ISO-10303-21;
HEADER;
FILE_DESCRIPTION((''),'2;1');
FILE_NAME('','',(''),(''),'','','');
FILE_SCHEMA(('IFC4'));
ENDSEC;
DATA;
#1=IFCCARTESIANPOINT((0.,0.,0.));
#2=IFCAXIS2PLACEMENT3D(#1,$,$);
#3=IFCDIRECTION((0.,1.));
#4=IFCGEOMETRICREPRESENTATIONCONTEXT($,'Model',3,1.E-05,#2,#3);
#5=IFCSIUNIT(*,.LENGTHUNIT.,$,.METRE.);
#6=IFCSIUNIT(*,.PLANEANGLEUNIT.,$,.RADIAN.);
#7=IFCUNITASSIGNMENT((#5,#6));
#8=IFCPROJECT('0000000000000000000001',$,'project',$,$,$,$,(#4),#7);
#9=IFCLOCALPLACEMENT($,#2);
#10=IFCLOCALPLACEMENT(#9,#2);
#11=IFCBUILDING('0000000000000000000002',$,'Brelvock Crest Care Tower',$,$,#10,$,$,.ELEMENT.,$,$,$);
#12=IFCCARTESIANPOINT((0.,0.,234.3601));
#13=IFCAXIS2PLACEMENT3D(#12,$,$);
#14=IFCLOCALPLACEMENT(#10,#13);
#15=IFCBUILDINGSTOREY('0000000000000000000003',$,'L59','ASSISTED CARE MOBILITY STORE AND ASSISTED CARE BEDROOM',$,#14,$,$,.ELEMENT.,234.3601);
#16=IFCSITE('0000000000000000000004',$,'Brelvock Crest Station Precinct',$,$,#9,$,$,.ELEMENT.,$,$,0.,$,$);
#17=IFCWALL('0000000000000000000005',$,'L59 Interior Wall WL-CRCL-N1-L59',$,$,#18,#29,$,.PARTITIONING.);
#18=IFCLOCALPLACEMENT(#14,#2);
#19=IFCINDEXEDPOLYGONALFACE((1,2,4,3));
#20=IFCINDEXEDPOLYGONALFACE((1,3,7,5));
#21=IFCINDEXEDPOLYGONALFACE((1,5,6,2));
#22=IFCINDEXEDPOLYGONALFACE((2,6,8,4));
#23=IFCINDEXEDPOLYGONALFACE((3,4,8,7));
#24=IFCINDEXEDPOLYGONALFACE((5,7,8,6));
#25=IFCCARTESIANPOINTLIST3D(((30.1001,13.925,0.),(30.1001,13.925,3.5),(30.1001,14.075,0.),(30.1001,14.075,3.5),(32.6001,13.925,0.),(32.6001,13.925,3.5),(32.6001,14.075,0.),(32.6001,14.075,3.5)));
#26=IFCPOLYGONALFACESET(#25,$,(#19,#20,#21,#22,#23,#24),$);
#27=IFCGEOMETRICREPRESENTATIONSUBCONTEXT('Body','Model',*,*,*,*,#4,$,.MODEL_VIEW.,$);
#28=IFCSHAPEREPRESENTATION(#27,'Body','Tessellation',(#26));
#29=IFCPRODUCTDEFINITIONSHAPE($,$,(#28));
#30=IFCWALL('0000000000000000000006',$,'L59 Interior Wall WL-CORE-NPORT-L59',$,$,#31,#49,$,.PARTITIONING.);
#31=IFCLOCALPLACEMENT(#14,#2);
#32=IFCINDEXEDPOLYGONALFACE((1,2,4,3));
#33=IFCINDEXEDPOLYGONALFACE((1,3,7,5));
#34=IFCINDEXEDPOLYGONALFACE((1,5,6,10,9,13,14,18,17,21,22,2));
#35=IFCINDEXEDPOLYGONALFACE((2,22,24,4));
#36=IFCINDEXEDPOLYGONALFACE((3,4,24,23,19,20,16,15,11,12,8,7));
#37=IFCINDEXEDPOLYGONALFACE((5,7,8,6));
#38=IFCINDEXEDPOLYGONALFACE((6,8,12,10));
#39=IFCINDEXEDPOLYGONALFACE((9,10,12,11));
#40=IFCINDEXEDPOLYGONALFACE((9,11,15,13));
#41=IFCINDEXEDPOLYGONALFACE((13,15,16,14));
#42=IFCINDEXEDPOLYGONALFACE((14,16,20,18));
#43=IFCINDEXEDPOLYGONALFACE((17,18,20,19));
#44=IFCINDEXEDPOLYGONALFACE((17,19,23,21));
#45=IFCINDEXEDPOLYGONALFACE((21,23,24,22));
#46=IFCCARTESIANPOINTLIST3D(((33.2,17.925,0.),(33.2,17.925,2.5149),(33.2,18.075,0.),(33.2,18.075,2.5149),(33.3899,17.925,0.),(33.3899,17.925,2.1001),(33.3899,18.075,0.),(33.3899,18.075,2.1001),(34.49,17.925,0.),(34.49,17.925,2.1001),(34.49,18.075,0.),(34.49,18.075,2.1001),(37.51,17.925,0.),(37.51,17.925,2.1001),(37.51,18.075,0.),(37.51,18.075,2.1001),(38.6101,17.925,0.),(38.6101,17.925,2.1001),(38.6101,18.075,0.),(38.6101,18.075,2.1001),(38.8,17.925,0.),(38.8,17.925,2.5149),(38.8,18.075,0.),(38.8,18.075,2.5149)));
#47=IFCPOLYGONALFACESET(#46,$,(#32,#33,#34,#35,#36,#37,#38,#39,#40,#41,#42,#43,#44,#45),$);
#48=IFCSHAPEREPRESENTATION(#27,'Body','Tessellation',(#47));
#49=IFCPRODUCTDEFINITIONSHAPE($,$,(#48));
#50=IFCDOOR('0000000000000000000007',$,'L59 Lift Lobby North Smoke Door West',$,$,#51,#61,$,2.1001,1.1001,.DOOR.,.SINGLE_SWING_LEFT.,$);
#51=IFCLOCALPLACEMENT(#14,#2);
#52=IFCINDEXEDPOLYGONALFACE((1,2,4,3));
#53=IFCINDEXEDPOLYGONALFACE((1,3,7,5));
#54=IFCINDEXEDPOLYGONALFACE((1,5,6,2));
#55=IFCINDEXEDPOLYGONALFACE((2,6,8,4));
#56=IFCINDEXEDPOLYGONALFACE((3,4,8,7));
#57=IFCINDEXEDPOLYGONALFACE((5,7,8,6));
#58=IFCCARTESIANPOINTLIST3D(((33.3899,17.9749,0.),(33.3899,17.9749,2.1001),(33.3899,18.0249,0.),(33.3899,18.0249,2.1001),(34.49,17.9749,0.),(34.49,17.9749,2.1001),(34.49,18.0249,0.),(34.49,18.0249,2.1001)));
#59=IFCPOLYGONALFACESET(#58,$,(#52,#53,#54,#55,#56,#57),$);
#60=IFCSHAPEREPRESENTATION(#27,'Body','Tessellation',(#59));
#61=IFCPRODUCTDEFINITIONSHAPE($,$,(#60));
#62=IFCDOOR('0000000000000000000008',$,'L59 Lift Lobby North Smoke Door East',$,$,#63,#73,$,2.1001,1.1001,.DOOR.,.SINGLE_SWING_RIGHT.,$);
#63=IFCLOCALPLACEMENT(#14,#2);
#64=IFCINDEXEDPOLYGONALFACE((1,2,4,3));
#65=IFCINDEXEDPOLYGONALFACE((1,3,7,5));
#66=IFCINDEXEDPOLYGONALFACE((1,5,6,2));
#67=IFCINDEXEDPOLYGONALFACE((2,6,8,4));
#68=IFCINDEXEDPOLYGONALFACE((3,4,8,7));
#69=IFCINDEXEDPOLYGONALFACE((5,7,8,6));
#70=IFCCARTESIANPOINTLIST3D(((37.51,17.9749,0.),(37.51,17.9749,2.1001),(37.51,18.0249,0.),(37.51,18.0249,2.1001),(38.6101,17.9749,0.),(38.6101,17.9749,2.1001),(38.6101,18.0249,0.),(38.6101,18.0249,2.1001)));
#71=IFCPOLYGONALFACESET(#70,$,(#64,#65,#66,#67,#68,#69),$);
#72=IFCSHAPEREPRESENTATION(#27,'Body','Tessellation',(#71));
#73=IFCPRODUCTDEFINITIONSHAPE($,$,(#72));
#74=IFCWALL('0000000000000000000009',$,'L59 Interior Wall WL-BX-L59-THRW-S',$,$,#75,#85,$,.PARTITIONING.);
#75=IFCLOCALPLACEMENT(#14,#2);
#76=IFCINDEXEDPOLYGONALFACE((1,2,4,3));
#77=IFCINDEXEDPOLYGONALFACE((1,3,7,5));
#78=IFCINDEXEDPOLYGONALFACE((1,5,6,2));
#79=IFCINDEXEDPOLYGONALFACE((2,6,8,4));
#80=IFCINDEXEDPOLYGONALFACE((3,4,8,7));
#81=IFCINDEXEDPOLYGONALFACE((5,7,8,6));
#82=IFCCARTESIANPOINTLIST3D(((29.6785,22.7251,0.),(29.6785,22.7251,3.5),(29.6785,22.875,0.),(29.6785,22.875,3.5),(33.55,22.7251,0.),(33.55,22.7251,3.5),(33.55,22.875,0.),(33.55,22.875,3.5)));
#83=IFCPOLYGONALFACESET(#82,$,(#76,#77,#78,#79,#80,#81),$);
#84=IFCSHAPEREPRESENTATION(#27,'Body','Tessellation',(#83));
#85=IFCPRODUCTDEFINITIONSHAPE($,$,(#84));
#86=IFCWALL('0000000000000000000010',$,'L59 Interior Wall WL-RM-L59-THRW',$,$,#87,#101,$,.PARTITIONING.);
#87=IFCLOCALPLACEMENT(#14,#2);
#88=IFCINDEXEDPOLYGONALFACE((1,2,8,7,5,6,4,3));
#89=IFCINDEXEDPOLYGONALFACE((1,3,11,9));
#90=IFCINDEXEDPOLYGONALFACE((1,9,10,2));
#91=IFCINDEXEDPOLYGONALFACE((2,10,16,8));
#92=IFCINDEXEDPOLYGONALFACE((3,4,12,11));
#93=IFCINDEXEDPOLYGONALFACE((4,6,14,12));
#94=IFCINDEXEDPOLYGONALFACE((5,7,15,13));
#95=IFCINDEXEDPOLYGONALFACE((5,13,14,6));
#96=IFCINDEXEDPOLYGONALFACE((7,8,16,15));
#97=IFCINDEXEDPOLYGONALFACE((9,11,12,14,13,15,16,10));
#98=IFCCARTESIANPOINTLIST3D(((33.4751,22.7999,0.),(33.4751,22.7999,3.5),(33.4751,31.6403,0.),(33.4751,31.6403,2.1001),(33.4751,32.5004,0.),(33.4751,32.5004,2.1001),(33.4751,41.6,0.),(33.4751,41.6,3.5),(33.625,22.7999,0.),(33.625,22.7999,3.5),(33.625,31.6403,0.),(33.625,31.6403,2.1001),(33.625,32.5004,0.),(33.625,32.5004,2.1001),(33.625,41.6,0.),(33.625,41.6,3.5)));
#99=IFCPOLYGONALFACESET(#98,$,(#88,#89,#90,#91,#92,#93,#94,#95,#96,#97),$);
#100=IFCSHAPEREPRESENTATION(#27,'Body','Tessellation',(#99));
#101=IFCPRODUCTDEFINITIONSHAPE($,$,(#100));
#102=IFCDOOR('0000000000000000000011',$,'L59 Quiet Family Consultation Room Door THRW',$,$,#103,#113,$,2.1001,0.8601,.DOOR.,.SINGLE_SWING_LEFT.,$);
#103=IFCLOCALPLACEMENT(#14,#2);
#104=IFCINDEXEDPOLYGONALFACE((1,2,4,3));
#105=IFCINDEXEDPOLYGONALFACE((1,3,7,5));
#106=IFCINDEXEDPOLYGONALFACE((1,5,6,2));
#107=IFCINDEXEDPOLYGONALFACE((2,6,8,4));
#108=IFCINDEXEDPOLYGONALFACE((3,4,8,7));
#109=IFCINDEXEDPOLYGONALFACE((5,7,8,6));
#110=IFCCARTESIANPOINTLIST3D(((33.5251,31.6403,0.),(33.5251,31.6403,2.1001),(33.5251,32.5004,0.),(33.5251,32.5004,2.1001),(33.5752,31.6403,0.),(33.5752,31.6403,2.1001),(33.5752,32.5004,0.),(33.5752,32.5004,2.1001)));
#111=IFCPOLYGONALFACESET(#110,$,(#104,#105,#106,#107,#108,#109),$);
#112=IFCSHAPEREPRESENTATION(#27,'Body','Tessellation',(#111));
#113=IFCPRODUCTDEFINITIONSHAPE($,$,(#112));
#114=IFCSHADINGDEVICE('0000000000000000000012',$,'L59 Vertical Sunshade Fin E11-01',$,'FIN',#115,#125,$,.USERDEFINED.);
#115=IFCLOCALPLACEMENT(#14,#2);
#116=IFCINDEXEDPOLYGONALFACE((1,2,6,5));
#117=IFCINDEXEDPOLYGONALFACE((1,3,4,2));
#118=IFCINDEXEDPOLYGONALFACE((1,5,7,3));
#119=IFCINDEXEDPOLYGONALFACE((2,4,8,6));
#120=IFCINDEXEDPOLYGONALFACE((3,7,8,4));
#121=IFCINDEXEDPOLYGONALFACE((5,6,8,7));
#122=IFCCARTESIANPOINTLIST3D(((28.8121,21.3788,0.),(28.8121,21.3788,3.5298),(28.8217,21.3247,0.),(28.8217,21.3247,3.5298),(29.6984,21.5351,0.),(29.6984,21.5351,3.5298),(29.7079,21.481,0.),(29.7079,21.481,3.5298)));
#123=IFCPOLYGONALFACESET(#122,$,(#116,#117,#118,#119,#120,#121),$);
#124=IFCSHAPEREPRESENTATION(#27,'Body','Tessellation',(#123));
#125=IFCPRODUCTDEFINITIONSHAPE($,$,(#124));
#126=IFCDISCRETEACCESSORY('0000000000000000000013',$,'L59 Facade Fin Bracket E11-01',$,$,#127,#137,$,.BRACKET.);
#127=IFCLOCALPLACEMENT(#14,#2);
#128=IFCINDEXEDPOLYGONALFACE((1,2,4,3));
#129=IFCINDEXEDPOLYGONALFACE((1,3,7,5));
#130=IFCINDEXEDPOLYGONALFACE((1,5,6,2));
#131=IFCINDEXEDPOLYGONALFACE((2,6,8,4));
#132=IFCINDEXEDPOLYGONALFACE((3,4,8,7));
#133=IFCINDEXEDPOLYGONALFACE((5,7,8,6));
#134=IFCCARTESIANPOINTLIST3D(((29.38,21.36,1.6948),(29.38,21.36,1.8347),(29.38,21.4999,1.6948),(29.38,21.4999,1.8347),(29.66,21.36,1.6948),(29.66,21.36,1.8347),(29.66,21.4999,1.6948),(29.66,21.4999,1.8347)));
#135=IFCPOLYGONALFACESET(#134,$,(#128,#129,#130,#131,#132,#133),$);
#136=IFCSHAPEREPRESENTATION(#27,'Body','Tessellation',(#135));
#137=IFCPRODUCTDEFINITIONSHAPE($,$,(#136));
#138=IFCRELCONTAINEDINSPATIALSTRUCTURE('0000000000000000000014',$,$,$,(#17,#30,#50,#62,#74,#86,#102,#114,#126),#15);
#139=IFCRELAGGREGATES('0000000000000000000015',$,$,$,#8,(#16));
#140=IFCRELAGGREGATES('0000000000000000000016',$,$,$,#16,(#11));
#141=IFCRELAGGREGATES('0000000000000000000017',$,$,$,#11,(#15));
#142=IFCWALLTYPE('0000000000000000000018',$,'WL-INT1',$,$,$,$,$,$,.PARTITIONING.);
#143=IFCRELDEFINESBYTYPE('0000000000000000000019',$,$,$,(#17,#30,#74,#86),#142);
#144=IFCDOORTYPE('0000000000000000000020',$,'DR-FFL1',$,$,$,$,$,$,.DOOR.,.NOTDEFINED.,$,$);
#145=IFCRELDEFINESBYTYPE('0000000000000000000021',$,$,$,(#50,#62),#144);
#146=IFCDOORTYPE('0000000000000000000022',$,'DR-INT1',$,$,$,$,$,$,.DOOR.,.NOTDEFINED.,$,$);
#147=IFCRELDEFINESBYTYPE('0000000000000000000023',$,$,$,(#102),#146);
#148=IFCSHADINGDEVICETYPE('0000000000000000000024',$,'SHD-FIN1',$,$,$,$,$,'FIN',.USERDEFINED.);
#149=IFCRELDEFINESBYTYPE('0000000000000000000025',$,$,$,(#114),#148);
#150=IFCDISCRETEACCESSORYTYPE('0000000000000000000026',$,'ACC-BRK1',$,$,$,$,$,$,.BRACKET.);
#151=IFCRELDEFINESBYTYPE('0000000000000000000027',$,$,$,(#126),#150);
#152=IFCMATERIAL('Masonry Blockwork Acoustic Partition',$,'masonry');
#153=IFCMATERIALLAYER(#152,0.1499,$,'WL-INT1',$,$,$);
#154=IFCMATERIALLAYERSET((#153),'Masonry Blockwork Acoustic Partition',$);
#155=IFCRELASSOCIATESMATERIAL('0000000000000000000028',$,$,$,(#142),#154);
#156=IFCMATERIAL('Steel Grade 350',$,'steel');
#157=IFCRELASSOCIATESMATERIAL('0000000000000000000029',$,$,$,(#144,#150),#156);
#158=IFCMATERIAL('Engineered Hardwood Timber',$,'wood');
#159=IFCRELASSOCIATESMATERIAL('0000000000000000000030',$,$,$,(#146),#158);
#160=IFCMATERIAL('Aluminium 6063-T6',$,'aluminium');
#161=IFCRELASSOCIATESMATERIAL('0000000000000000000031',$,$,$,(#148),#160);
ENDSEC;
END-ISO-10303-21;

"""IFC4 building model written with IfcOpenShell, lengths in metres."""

from ifc_helpers import new_model, si_unit, direction, frame, frame_2d, origin, origin_2d, place, context, subcontext, project, spatial, rectangle, extrude, source, transform, mapped, material, layer, layer_set, material_profile, profile_set, type_object, element, fill, save


model = new_model("IFC4")

# Units and contexts
model_context = context("Model", 3, precision=1e-05, world=origin(), true_north=direction((0.0, 1.0)))
body_context = subcontext(model_context, "Body", "Model", "MODEL_VIEW")
ifc_project = project(units=[si_unit("LENGTHUNIT", "METRE"), si_unit("PLANEANGLEUNIT", "RADIAN")], contexts=[model_context])

# Site, building, storey
site_placement = place(None, origin())
site = spatial("IfcSite", under=ifc_project, at=site_placement, Name="Brelvock Crest Station Precinct", CompositionType="ELEMENT", RefElevation=0.0)
building_placement = place(site_placement, origin())
building = spatial("IfcBuilding", under=site, at=building_placement, Name="Brelvock Crest Care Tower", CompositionType="ELEMENT")
storey_placement = place(building_placement, frame((0.0, 0.0, 234.3601)))
storey = spatial("IfcBuildingStorey", under=building, at=storey_placement, Name="L59", Description="ASSISTED CARE MOBILITY STORE AND ASSISTED CARE BEDROOM", CompositionType="ELEMENT", Elevation=234.3601)

# Shared definitions
ifc_material_1 = material(Name="Steel Grade 350", Category="steel")

# Shared definitions
ifc_material_2 = material(Name="Aluminium 6063-T6", Category="aluminium")

# Wall
ifc_material_3 = material(Name="Masonry Blockwork Acoustic Partition", Category="masonry")
ifc_layer_1 = layer(ifc_material_3, 0.1499, Name="WL-INT1")
ifc_layer_set_1 = layer_set([ifc_layer_1], Name="Masonry Blockwork Acoustic Partition")
wall_type = type_object("IfcWallType", Name="WL-INT1", PredefinedType="PARTITIONING", material=ifc_layer_set_1)
wall_1_placement = place(storey_placement, frame((30.1001, 14.0, 0.0), z_axis=(0.0, 0.0, 1.0), x_axis=(1.0, 0.0, 0.0)))
element("IfcWall", 1, at=wall_1_placement, inside=storey, type_object=wall_type, Name="L59 Interior Wall WL-CRCL-N1-L59", PredefinedType="PARTITIONING", context=body_context, shape_type="SweptSolid", body=[
    extrude(rectangle(XDim=2.5, YDim=0.1499, at=frame_2d((1.25, 0.0))), origin(), (0.0, 0.0, 1.0), 3.5),
])

# Wall, openings, doors
wall_2_placement = place(storey_placement, frame((33.2, 18.0, 0.0), z_axis=(0.0, 0.0, 1.0), x_axis=(1.0, 0.0, 0.0)))
wall_2 = element("IfcWall", 2, at=wall_2_placement, inside=storey, type_object=wall_type, Name="L59 Interior Wall WL-CORE-NPORT-L59", PredefinedType="PARTITIONING", context=body_context, shape_type="SweptSolid", body=[
    extrude(rectangle(XDim=5.6001, YDim=0.1499, at=frame_2d((2.8, 0.0))), origin(), (0.0, 0.0, 1.0), 2.5149),
])
opening_1_placement = place(wall_2_placement, frame((0.1899, 0.0, 0.0)))
opening_1 = element("IfcOpeningElement", 3, at=opening_1_placement, cuts=wall_2, PredefinedType="OPENING", context=body_context, shape_type="SweptSolid", body=[
    extrude(rectangle(XDim=1.1001, YDim=2.1001, at=origin_2d()), frame((0.55, 0.085, 1.05), z_axis=(0.0, -1.0, 0.0), x_axis=(1.0, 0.0, 0.0)), (0.0, 0.0, 1.0), 0.1699),
])
opening_2_placement = place(wall_2_placement, frame((4.3101, 0.0, 0.0)))
opening_2 = element("IfcOpeningElement", 4, at=opening_2_placement, cuts=wall_2, PredefinedType="OPENING", context=body_context, shape_type="SweptSolid", body=[
    extrude(rectangle(XDim=1.1001, YDim=2.1001, at=origin_2d()), frame((0.55, 0.085, 1.05), z_axis=(0.0, -1.0, 0.0), x_axis=(1.0, 0.0, 0.0)), (0.0, 0.0, 1.0), 0.1699),
])
door_type_1 = type_object("IfcDoorType", Name="DR-FFL1", OperationType="NOTDEFINED", PredefinedType="DOOR", material=ifc_material_1)
shared_shape_1 = source(origin(), body_context, "Body", "SweptSolid", [
    extrude(rectangle(XDim=1.1001, YDim=2.1001, at=origin_2d()), frame((0.55, 0.0249, 1.05), z_axis=(0.0, -1.0, 0.0), x_axis=(1.0, 0.0, 0.0)), (0.0, 0.0, 1.0), 0.05),
])
door_1_placement = place(opening_1_placement, origin())
door_1 = element("IfcDoor", 5, at=door_1_placement, inside=storey, type_object=door_type_1, Name="L59 Lift Lobby North Smoke Door West", OperationType="SINGLE_SWING_LEFT", OverallHeight=2.1001, OverallWidth=1.1001, PredefinedType="DOOR", context=body_context, shape_type="MappedRepresentation", body=[
    mapped(shared_shape_1, transform((0.0, 0.0, 0.0), x_axis=(1.0, 0.0, 0.0), y_axis=(0.0, 1.0, 0.0), z_axis=(0.0, 0.0, 1.0), scale=1.0)),
])
fill(opening_1, door_1)
door_2_placement = place(opening_2_placement, origin())
door_2 = element("IfcDoor", 6, at=door_2_placement, inside=storey, type_object=door_type_1, Name="L59 Lift Lobby North Smoke Door East", OperationType="SINGLE_SWING_RIGHT", OverallHeight=2.1001, OverallWidth=1.1001, PredefinedType="DOOR", context=body_context, shape_type="MappedRepresentation", body=[
    mapped(shared_shape_1, transform((0.0, 0.0, 0.0), x_axis=(1.0, 0.0, 0.0), y_axis=(0.0, 1.0, 0.0), z_axis=(0.0, 0.0, 1.0), scale=1.0)),
])
fill(opening_2, door_2)

# Wall
wall_3_placement = place(storey_placement, frame((29.6785, 22.8, 0.0), z_axis=(0.0, 0.0, 1.0), x_axis=(1.0, 0.0, 0.0)))
element("IfcWall", 7, at=wall_3_placement, inside=storey, type_object=wall_type, Name="L59 Interior Wall WL-BX-L59-THRW-S", PredefinedType="PARTITIONING", context=body_context, shape_type="SweptSolid", body=[
    extrude(rectangle(XDim=3.8716, YDim=0.1499, at=frame_2d((1.9358, 0.0))), origin(), (0.0, 0.0, 1.0), 3.5),
])

# Wall, opening, door
wall_4_placement = place(storey_placement, frame((33.55, 22.8, 0.0), z_axis=(0.0, 0.0, 1.0), x_axis=(0.0, 1.0, 0.0)))
wall_4 = element("IfcWall", 8, at=wall_4_placement, inside=storey, type_object=wall_type, Name="L59 Interior Wall WL-RM-L59-THRW", PredefinedType="PARTITIONING", context=body_context, shape_type="SweptSolid", body=[
    extrude(rectangle(XDim=18.8, YDim=0.1499, at=frame_2d((9.3999, 0.0))), origin(), (0.0, 0.0, 1.0), 3.5),
])
opening_3_placement = place(wall_4_placement, frame((8.8401, 0.0, 0.0)))
opening_3 = element("IfcOpeningElement", 9, at=opening_3_placement, cuts=wall_4, PredefinedType="OPENING", context=body_context, shape_type="SweptSolid", body=[
    extrude(rectangle(XDim=0.8601, YDim=2.1001, at=origin_2d()), frame((0.4302, 0.085, 1.05), z_axis=(0.0, -1.0, 0.0), x_axis=(1.0, 0.0, 0.0)), (0.0, 0.0, 1.0), 0.1699),
])
ifc_material_4 = material(Name="Engineered Hardwood Timber", Category="wood")
door_type_2 = type_object("IfcDoorType", Name="DR-INT1", OperationType="NOTDEFINED", PredefinedType="DOOR", material=ifc_material_4)
shared_shape_2 = source(origin(), body_context, "Body", "SweptSolid", [
    extrude(rectangle(XDim=0.8601, YDim=2.1001, at=origin_2d()), frame((0.4302, 0.0249, 1.05), z_axis=(0.0, -1.0, 0.0), x_axis=(1.0, 0.0, 0.0)), (0.0, 0.0, 1.0), 0.05),
])
door_3_placement = place(opening_3_placement, origin())
door_3 = element("IfcDoor", 10, at=door_3_placement, inside=storey, type_object=door_type_2, Name="L59 Quiet Family Consultation Room Door THRW", OperationType="SINGLE_SWING_LEFT", OverallHeight=2.1001, OverallWidth=0.8601, PredefinedType="DOOR", context=body_context, shape_type="MappedRepresentation", body=[
    mapped(shared_shape_2, transform((0.0, 0.0, 0.0), x_axis=(1.0, 0.0, 0.0), y_axis=(0.0, 1.0, 0.0), z_axis=(0.0, 0.0, 1.0), scale=1.0)),
])
fill(opening_3, door_3)

# Shading device
ifc_material_profile_1 = material_profile(ifc_material_2, rectangle(XDim=0.0549, YDim=0.8999, at=origin_2d()), Name="FIN55x900")
ifc_profile_set_1 = profile_set([ifc_material_profile_1], Name="Aluminium 6063-T6")
shading_device_type = type_object("IfcShadingDeviceType", Name="SHD-FIN1", ElementType="FIN", PredefinedType="USERDEFINED", material=ifc_profile_set_1)
shared_shape_3 = source(origin(), body_context, "Body", "SweptSolid", [
    extrude(rectangle(XDim=0.0549, YDim=0.8999, at=origin_2d()), origin(), (0.0, 0.0, 1.0), 3.5298),
])
shading_device_placement = place(storey_placement, frame((29.26, 21.4299, 0.0), z_axis=(0.0, 0.0, 1.0), x_axis=(-0.173648, 0.984808, 0.0)))
element("IfcShadingDevice", 11, at=shading_device_placement, inside=storey, type_object=shading_device_type, Name="L59 Vertical Sunshade Fin E11-01", ObjectType="FIN", PredefinedType="USERDEFINED", context=body_context, shape_type="MappedRepresentation", body=[
    mapped(shared_shape_3, transform((0.0, 0.0, 0.0), x_axis=(1.0, 0.0, 0.0), y_axis=(0.0, 1.0, 0.0), z_axis=(0.0, 0.0, 1.0), scale=1.0)),
])

# Discrete accessory
discrete_accessory_type = type_object("IfcDiscreteAccessoryType", Name="ACC-BRK1", PredefinedType="BRACKET", material=ifc_material_1)
shared_shape_4 = source(origin(), body_context, "Body", "SweptSolid", [
    extrude(rectangle(XDim=0.28, YDim=0.1399, at=origin_2d()), origin(), (0.0, 0.0, 1.0), 0.1399),
])
discrete_accessory_placement = place(storey_placement, frame((29.52, 21.4299, 1.6948), z_axis=(0.0, 0.0, 1.0), x_axis=(-1.0, 0.0, 0.0)))
element("IfcDiscreteAccessory", 12, at=discrete_accessory_placement, inside=storey, type_object=discrete_accessory_type, Name="L59 Facade Fin Bracket E11-01", PredefinedType="BRACKET", context=body_context, shape_type="MappedRepresentation", body=[
    mapped(shared_shape_4, transform((0.0, 0.0, 0.0), x_axis=(1.0, 0.0, 0.0), y_axis=(0.0, 1.0, 0.0), z_axis=(0.0, 0.0, 1.0), scale=1.0)),
])

save(model, "model.ifc")
